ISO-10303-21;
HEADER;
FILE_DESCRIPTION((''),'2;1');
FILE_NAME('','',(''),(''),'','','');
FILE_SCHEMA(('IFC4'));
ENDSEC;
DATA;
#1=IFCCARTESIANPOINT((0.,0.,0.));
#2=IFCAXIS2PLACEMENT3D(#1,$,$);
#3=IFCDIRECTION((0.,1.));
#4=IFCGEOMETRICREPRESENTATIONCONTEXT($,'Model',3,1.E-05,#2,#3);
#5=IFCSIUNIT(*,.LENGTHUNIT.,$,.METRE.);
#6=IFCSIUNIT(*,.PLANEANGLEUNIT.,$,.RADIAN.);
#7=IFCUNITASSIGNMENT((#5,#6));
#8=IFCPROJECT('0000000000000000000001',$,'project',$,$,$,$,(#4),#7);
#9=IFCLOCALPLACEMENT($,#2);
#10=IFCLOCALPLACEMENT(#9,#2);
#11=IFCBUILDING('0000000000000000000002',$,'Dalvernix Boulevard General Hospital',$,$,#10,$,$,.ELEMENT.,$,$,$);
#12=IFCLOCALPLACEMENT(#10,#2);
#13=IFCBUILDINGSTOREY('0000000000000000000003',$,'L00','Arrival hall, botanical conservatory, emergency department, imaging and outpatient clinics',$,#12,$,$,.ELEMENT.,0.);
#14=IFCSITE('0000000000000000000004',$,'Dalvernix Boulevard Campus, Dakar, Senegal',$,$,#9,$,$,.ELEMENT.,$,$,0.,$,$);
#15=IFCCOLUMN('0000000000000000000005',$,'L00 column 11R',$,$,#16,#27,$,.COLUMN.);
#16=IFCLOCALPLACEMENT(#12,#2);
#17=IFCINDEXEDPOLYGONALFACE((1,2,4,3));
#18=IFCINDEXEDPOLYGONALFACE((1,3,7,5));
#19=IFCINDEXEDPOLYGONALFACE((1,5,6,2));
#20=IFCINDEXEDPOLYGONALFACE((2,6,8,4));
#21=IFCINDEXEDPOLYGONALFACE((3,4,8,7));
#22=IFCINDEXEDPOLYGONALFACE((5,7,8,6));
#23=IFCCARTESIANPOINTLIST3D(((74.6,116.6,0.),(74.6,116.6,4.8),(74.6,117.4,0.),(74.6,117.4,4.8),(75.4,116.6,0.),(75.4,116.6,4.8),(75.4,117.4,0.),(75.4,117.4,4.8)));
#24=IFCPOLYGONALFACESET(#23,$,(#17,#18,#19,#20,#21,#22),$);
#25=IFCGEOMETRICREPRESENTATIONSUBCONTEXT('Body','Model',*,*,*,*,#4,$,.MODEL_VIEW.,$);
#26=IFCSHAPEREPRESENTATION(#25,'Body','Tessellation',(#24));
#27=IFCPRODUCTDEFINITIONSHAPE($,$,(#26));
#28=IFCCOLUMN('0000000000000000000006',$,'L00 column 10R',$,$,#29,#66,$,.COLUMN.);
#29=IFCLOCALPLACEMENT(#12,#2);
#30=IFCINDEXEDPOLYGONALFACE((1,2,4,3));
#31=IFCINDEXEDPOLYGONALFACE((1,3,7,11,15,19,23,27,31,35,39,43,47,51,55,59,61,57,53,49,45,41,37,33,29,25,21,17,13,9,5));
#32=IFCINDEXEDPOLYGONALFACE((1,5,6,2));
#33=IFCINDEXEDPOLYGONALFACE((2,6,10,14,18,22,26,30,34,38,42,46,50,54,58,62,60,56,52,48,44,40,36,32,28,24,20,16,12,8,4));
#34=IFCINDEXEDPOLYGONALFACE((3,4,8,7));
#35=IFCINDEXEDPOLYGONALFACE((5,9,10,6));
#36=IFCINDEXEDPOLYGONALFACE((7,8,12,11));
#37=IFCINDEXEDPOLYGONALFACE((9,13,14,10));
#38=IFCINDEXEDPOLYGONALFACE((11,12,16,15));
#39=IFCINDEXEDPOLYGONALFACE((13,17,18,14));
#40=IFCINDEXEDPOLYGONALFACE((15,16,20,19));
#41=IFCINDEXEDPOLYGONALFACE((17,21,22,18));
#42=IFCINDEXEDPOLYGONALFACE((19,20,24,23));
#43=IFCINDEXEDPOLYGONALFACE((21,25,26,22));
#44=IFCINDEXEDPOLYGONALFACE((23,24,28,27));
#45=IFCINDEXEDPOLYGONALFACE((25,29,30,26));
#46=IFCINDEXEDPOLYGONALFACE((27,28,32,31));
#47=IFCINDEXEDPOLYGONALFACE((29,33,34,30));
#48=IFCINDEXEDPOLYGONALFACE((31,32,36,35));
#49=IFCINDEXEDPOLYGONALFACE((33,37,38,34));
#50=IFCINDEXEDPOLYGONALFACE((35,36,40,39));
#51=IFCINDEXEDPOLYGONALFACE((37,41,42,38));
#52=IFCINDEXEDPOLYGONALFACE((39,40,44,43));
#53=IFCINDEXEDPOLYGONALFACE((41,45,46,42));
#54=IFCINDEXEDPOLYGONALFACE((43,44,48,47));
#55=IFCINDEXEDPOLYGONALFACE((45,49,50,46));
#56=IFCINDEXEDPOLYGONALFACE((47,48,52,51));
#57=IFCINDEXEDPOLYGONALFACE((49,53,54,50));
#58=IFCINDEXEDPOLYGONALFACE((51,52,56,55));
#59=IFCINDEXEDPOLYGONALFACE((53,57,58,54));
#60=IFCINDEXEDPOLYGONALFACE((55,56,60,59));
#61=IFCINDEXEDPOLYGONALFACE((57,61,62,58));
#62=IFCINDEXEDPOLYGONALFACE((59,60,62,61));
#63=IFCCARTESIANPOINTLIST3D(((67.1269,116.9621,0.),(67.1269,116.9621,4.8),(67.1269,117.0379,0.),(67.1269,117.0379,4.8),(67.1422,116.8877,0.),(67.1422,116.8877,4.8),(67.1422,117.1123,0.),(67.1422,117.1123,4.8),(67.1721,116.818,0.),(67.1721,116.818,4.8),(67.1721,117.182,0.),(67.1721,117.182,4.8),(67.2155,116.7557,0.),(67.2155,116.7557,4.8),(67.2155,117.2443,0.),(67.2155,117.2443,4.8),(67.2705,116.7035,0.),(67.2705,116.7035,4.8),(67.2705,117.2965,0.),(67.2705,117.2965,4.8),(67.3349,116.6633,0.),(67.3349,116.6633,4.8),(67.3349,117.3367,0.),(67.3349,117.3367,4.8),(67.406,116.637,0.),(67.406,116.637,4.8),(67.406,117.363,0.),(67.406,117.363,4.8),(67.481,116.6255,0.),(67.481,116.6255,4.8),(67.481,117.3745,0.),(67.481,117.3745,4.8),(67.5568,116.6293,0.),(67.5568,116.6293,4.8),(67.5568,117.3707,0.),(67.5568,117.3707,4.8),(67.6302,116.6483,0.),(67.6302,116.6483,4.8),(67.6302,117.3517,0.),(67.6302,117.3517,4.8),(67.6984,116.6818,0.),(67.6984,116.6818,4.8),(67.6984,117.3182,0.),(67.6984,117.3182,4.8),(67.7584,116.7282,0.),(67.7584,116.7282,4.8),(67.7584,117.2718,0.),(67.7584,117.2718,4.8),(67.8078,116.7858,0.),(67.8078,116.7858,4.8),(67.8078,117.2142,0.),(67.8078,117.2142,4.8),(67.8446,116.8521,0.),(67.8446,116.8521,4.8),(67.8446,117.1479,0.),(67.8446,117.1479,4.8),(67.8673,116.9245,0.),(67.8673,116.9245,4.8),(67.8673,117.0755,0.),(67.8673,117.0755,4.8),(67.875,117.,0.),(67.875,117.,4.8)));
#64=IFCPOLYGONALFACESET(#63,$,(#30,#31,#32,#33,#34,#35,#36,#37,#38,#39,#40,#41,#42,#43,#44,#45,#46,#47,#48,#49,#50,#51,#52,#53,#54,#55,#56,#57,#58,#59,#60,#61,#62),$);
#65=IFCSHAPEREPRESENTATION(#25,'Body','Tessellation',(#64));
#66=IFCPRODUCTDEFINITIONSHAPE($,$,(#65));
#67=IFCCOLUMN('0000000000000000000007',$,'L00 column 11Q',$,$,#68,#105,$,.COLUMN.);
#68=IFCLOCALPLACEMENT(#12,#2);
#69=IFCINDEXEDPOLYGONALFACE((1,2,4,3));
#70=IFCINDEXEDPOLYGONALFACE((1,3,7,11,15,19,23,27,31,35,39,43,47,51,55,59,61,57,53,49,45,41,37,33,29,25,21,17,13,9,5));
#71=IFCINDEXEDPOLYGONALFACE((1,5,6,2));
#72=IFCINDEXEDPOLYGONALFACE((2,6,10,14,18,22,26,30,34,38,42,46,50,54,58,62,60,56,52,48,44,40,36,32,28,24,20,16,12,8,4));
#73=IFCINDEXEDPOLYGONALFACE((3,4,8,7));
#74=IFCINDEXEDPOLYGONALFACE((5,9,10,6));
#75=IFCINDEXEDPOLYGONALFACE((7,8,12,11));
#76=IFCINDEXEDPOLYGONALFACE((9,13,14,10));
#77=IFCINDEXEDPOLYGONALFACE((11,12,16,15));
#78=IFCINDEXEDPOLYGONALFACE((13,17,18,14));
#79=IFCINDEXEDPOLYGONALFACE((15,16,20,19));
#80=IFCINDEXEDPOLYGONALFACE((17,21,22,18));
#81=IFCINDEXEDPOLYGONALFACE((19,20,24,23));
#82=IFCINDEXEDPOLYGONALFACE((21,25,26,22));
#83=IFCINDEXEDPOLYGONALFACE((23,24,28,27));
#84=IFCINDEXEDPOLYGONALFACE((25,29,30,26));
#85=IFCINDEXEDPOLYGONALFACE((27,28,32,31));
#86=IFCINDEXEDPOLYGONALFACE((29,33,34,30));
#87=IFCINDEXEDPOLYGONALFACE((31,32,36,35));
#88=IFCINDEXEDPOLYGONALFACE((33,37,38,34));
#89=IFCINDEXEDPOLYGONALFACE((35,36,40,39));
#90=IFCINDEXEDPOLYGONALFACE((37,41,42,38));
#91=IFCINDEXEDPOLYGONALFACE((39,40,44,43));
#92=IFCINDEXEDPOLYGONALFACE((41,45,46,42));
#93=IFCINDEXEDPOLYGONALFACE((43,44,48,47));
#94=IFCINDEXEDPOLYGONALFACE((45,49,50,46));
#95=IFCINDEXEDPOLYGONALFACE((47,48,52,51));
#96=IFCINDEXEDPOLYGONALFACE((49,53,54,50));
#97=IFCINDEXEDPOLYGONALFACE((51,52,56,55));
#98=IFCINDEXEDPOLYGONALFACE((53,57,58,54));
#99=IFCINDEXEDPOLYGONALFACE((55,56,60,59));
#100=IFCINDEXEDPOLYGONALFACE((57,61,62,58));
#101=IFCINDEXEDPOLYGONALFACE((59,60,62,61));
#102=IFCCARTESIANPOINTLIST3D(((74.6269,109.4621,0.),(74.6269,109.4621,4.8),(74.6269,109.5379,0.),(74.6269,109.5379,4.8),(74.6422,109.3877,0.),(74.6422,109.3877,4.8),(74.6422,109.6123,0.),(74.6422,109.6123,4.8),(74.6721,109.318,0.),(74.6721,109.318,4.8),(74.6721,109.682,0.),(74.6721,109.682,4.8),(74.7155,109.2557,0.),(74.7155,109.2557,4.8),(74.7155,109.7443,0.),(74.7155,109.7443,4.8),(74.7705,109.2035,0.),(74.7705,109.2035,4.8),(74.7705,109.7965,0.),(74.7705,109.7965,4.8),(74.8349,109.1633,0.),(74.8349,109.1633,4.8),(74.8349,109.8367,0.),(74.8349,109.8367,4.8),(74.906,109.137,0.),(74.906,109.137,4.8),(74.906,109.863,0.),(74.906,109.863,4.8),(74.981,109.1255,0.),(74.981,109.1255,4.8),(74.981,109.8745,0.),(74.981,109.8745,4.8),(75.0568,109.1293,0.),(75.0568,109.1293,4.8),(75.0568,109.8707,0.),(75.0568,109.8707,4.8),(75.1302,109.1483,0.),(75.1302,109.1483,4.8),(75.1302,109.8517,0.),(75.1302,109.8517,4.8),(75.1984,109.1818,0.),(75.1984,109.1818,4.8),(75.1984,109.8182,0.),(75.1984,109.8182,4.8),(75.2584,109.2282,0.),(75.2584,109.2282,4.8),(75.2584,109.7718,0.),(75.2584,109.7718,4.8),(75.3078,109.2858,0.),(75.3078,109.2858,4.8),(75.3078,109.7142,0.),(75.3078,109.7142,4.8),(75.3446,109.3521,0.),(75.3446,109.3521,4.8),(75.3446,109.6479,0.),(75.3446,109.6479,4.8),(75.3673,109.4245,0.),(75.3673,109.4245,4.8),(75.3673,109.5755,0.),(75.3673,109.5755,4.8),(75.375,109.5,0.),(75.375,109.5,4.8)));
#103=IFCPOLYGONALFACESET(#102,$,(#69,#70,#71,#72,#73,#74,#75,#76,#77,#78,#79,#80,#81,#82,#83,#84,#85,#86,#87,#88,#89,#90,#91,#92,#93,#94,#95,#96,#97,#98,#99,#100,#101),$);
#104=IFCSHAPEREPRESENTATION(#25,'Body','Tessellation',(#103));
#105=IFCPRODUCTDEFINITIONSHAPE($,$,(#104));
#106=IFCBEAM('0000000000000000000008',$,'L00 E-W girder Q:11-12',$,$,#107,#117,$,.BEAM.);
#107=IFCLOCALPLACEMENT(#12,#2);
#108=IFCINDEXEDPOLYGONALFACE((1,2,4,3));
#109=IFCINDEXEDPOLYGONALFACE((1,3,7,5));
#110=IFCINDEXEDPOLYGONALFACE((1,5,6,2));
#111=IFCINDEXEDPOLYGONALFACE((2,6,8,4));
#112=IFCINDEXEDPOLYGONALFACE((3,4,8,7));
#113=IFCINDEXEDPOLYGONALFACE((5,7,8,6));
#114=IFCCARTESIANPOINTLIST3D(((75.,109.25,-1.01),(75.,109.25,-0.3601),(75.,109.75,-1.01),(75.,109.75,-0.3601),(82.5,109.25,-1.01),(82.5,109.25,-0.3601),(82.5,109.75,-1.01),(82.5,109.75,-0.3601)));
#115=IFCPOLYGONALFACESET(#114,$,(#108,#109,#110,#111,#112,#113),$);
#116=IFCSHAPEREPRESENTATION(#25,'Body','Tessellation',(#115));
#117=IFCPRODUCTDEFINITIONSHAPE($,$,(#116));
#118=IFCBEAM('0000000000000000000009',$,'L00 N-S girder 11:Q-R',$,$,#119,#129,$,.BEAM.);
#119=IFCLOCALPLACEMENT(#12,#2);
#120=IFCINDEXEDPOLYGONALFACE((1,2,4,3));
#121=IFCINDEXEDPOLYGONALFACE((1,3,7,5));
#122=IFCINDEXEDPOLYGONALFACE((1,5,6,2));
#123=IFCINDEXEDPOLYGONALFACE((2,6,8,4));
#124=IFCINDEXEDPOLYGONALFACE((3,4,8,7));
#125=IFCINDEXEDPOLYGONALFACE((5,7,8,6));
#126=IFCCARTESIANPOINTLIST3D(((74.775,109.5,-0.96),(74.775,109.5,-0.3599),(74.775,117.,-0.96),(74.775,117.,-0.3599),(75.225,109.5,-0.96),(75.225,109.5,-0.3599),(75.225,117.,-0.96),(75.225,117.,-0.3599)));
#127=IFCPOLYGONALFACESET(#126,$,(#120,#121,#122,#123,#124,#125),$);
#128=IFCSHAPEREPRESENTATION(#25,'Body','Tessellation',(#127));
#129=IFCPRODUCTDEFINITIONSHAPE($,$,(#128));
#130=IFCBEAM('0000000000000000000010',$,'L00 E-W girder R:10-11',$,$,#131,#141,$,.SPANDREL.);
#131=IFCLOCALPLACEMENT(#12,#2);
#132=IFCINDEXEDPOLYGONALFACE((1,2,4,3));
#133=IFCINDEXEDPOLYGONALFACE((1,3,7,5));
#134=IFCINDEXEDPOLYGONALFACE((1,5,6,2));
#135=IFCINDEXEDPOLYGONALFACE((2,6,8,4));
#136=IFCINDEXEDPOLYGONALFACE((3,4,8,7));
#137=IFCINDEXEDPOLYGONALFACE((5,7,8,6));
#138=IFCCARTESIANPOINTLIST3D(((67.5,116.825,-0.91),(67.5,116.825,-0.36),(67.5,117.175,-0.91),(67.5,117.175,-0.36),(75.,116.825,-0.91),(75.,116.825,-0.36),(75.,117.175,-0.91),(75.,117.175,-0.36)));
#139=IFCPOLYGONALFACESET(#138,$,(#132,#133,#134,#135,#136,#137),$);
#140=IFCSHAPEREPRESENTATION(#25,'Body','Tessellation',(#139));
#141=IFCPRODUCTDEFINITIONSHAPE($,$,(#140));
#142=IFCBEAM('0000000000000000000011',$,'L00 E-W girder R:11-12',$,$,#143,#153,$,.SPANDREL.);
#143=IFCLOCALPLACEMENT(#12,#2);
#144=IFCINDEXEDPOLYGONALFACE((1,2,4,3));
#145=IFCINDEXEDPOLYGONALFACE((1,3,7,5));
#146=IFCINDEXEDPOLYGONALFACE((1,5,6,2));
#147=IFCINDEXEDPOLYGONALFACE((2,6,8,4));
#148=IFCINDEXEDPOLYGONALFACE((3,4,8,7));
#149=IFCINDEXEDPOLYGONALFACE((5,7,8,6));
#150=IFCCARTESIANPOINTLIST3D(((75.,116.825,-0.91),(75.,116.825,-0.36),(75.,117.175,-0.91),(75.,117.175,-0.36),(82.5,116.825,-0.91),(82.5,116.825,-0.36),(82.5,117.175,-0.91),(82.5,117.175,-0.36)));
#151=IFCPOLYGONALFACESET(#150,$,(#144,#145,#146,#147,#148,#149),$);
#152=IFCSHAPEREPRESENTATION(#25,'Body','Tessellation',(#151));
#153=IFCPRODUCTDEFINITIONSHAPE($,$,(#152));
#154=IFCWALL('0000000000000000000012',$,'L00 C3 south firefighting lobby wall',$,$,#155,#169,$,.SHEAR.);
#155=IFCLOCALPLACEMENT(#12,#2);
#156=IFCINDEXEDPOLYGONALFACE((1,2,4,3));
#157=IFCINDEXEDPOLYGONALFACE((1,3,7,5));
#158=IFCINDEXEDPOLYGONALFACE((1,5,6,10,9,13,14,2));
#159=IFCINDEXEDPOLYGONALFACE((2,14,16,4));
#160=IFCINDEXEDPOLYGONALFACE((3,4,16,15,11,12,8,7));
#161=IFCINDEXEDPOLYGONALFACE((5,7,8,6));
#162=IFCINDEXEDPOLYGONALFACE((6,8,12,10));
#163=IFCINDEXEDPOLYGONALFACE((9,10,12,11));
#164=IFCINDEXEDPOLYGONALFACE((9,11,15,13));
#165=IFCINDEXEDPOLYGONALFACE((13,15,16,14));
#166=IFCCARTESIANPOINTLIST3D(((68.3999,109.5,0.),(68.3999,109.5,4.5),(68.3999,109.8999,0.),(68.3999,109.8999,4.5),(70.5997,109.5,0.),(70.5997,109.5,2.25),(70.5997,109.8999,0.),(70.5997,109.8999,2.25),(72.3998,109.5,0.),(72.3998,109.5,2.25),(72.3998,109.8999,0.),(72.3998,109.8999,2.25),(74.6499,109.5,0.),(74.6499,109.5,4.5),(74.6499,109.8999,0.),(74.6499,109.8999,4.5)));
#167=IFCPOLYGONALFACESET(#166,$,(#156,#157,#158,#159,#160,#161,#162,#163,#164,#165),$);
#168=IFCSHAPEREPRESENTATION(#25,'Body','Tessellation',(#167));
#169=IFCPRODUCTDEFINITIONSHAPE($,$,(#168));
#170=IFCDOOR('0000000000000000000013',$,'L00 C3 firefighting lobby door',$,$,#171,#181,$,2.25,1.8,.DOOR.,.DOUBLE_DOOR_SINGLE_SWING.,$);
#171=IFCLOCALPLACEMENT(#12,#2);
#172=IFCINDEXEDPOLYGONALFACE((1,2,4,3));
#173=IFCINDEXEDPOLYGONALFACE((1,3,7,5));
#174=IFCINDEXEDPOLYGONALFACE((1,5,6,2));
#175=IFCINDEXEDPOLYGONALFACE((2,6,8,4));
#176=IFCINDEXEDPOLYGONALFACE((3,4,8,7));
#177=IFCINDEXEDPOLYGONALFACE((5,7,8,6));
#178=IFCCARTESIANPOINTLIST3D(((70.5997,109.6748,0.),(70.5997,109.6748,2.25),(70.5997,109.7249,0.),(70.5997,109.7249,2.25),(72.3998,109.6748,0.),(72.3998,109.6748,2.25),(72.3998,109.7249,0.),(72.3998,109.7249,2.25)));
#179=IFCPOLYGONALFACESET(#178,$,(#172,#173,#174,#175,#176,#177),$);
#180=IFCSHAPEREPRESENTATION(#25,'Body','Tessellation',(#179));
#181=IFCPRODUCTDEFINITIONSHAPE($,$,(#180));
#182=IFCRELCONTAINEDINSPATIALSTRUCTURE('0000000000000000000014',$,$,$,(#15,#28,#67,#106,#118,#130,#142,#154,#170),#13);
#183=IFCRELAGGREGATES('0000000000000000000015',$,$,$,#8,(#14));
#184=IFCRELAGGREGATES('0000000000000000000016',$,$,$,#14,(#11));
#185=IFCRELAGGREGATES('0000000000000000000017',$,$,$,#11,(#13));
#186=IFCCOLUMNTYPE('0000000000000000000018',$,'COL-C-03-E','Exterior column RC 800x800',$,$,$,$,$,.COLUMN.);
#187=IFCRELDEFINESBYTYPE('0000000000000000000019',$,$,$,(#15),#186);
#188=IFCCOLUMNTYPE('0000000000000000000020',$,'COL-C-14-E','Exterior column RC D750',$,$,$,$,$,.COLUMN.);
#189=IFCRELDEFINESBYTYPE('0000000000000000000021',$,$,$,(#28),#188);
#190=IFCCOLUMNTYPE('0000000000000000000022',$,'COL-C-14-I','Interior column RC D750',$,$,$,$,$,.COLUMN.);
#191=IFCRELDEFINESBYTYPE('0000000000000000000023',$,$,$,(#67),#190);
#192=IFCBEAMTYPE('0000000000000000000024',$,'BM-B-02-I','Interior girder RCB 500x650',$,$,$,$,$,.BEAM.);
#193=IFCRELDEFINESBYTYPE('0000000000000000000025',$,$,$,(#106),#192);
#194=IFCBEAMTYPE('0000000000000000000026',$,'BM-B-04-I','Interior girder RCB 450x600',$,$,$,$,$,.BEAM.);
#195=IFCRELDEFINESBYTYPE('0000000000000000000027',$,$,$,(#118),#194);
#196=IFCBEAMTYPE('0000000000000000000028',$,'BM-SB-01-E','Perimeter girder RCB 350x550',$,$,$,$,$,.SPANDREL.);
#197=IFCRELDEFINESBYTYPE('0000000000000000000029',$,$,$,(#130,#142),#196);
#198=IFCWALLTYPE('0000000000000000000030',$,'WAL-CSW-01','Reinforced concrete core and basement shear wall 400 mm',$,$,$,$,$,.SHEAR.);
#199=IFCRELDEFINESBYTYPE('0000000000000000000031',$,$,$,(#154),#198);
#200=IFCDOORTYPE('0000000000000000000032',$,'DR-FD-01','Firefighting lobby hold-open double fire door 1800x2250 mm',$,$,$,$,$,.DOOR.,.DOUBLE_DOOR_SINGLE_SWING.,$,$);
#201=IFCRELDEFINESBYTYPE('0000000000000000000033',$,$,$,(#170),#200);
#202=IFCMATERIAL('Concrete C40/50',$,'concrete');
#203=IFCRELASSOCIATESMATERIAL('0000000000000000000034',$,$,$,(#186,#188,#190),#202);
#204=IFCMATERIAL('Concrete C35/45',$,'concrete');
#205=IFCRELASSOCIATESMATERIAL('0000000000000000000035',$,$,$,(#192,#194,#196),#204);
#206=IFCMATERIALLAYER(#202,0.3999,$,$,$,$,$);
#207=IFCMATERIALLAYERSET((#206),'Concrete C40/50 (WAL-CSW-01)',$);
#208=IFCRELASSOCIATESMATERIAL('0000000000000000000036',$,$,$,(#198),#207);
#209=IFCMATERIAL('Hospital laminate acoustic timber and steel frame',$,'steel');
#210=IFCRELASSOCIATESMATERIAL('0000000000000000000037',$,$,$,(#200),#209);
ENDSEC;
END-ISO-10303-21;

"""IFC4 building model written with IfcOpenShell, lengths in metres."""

from ifc_helpers import new_model, si_unit, direction, frame, frame_2d, origin, origin_2d, place, context, subcontext, project, spatial, rectangle, circle, extrude, material, layer, layer_set, material_profile, profile_set, type_object, element, fill, save


model = new_model("IFC4")

# Units and contexts
model_context = context("Model", 3, precision=1e-05, world=origin(), true_north=direction((0.0, 1.0)))
body_context = subcontext(model_context, "Body", "Model", "MODEL_VIEW")
ifc_project = project(units=[si_unit("LENGTHUNIT", "METRE"), si_unit("PLANEANGLEUNIT", "RADIAN")], contexts=[model_context])

# Site, building, storey
site_placement = place(None, origin())
site = spatial("IfcSite", under=ifc_project, at=site_placement, Name="Dalvernix Boulevard Campus, Dakar, Senegal", CompositionType="ELEMENT", RefElevation=0.0)
building_placement = place(site_placement, origin())
building = spatial("IfcBuilding", under=site, at=building_placement, Name="Dalvernix Boulevard General Hospital", CompositionType="ELEMENT")
storey_placement = place(building_placement, origin())
storey = spatial("IfcBuildingStorey", under=building, at=storey_placement, Name="L00", Description="Arrival hall, botanical conservatory, emergency department, imaging and outpatient clinics", CompositionType="ELEMENT", Elevation=0.0)

# Columns
ifc_material_1 = material(Name="Concrete C40/50", Category="concrete")
ifc_material_profile_1 = material_profile(ifc_material_1, rectangle(XDim=0.8, YDim=0.8, at=origin_2d()), Name="RC 800x800")
ifc_profile_set_1 = profile_set([ifc_material_profile_1], Name="Concrete C40/50")
column_type_1 = type_object("IfcColumnType", Name="COL-C-03-E", Description="Exterior column RC 800x800", PredefinedType="COLUMN", material=ifc_profile_set_1)
column_1_placement = place(storey_placement, frame((75.0, 117.0, 0.0), z_axis=(0.0, 0.0, 1.0), x_axis=(1.0, 0.0, 0.0)))
element("IfcColumn", 1, at=column_1_placement, inside=storey, type_object=column_type_1, Name="L00 column 11R", PredefinedType="COLUMN", context=body_context, shape_type="SweptSolid", body=[
    extrude(rectangle(XDim=0.8, YDim=0.8, at=origin_2d()), origin(), (0.0, 0.0, 1.0), 4.8),
])
ifc_material_profile_2 = material_profile(ifc_material_1, circle(Radius=0.375, at=origin_2d()), Name="RC D750")
ifc_profile_set_2 = profile_set([ifc_material_profile_2], Name="Concrete C40/50")
column_type_2 = type_object("IfcColumnType", Name="COL-C-14-E", Description="Exterior column RC D750", PredefinedType="COLUMN", material=ifc_profile_set_2)
column_2_placement = place(storey_placement, frame((67.5, 117.0, 0.0), z_axis=(0.0, 0.0, 1.0), x_axis=(1.0, 0.0, 0.0)))
element("IfcColumn", 2, at=column_2_placement, inside=storey, type_object=column_type_2, Name="L00 column 10R", PredefinedType="COLUMN", context=body_context, shape_type="SweptSolid", body=[
    extrude(circle(Radius=0.375, at=origin_2d()), origin(), (0.0, 0.0, 1.0), 4.8),
])
ifc_material_profile_3 = material_profile(ifc_material_1, circle(Radius=0.375, at=origin_2d()), Name="RC D750")
ifc_profile_set_3 = profile_set([ifc_material_profile_3], Name="Concrete C40/50")
column_type_3 = type_object("IfcColumnType", Name="COL-C-14-I", Description="Interior column RC D750", PredefinedType="COLUMN", material=ifc_profile_set_3)
column_3_placement = place(storey_placement, frame((75.0, 109.5, 0.0), z_axis=(0.0, 0.0, 1.0), x_axis=(1.0, 0.0, 0.0)))
element("IfcColumn", 3, at=column_3_placement, inside=storey, type_object=column_type_3, Name="L00 column 11Q", PredefinedType="COLUMN", context=body_context, shape_type="SweptSolid", body=[
    extrude(circle(Radius=0.375, at=origin_2d()), origin(), (0.0, 0.0, 1.0), 4.8),
])

# Beams
ifc_material_2 = material(Name="Concrete C35/45", Category="concrete")
ifc_material_profile_4 = material_profile(ifc_material_2, rectangle(XDim=0.5, YDim=0.6499, at=origin_2d()), Name="RCB 500x650")
ifc_profile_set_4 = profile_set([ifc_material_profile_4], Name="Concrete C35/45")
beam_type_1 = type_object("IfcBeamType", Name="BM-B-02-I", Description="Interior girder RCB 500x650", PredefinedType="BEAM", material=ifc_profile_set_4)
beam_1_placement = place(storey_placement, frame((75.0, 109.5, -0.6851), z_axis=(1.0, 0.0, 0.0), x_axis=(0.0, 1.0, 0.0)))
element("IfcBeam", 4, at=beam_1_placement, inside=storey, type_object=beam_type_1, Name="L00 E-W girder Q:11-12", PredefinedType="BEAM", context=body_context, shape_type="SweptSolid", body=[
    extrude(rectangle(XDim=0.5, YDim=0.6499, at=origin_2d()), origin(), (0.0, 0.0, 1.0), 7.5),
])
ifc_material_profile_5 = material_profile(ifc_material_2, rectangle(XDim=0.45, YDim=0.6001, at=origin_2d()), Name="RCB 450x600")
ifc_profile_set_5 = profile_set([ifc_material_profile_5], Name="Concrete C35/45")
beam_type_2 = type_object("IfcBeamType", Name="BM-B-04-I", Description="Interior girder RCB 450x600", PredefinedType="BEAM", material=ifc_profile_set_5)
beam_2_placement = place(storey_placement, frame((75.0, 109.5, -0.6599), z_axis=(0.0, 1.0, 0.0), x_axis=(-1.0, 0.0, 0.0)))
element("IfcBeam", 5, at=beam_2_placement, inside=storey, type_object=beam_type_2, Name="L00 N-S girder 11:Q-R", PredefinedType="BEAM", context=body_context, shape_type="SweptSolid", body=[
    extrude(rectangle(XDim=0.45, YDim=0.6001, at=origin_2d()), origin(), (0.0, 0.0, 1.0), 7.5),
])
ifc_material_profile_6 = material_profile(ifc_material_2, rectangle(XDim=0.3501, YDim=0.55, at=origin_2d()), Name="RCB 350x550")
ifc_profile_set_6 = profile_set([ifc_material_profile_6], Name="Concrete C35/45")
beam_type_3 = type_object("IfcBeamType", Name="BM-SB-01-E", Description="Perimeter girder RCB 350x550", PredefinedType="SPANDREL", material=ifc_profile_set_6)
for number, where, z_axis, x_axis, name in (
    (6, (67.5, 117.0, -0.635), (1.0, 0.0, 0.0), (0.0, 1.0, 0.0), "L00 E-W girder R:10-11"),
    (7, (75.0, 117.0, -0.635), (1.0, 0.0, 0.0), (0.0, 1.0, 0.0), "L00 E-W girder R:11-12"),
):
    element("IfcBeam", number, at=place(storey_placement, frame(where, z_axis=z_axis, x_axis=x_axis)), inside=storey, type_object=beam_type_3, Name=name, PredefinedType="SPANDREL", context=body_context, shape_type="SweptSolid", body=[
        extrude(rectangle(XDim=0.3501, YDim=0.55, at=origin_2d()), origin(), (0.0, 0.0, 1.0), 7.5),
    ])

# Wall, opening, door
ifc_layer_1 = layer(ifc_material_1, 0.3999)
ifc_layer_set_1 = layer_set([ifc_layer_1], Name="Concrete C40/50 (WAL-CSW-01)")
wall_type_1 = type_object("IfcWallType", Name="WAL-CSW-01", Description="Reinforced concrete core and basement shear wall 400 mm", PredefinedType="SHEAR", material=ifc_layer_set_1)
wall_1_placement = place(storey_placement, frame((68.3999, 109.7, 0.0), z_axis=(0.0, 0.0, 1.0), x_axis=(1.0, 0.0, 0.0)))
wall_1 = element("IfcWall", 8, at=wall_1_placement, inside=storey, type_object=wall_type_1, Name="L00 C3 south firefighting lobby wall", PredefinedType="SHEAR", context=body_context, shape_type="SweptSolid", body=[
    extrude(rectangle(XDim=6.25, YDim=0.3999, at=frame_2d((3.125, 0.0))), origin(), (0.0, 0.0, 1.0), 4.5),
])
opening_1_placement = place(wall_1_placement, frame((2.2, 0.0, 0.0)))
opening_1 = element("IfcOpeningElement", 9, at=opening_1_placement, cuts=wall_1, PredefinedType="OPENING", context=body_context, shape_type="SweptSolid", body=[
    extrude(rectangle(XDim=1.8, YDim=2.25, at=frame_2d((0.8999, 1.125))), frame((0.0, 0.21, 0.0), z_axis=(0.0, -1.0, 0.0), x_axis=(1.0, 0.0, 0.0)), (0.0, 0.0, 1.0), 0.4199),
])
ifc_material_3 = material(Name="Hospital laminate acoustic timber and steel frame", Category="steel")
door_type_1 = type_object("IfcDoorType", Name="DR-FD-01", Description="Firefighting lobby hold-open double fire door 1800x2250 mm", OperationType="DOUBLE_DOOR_SINGLE_SWING", PredefinedType="DOOR", material=ifc_material_3)
door_1_placement = place(opening_1_placement, origin())
door_1 = element("IfcDoor", 10, at=door_1_placement, inside=storey, type_object=door_type_1, Name="L00 C3 firefighting lobby door", OperationType="DOUBLE_DOOR_SINGLE_SWING", OverallHeight=2.25, OverallWidth=1.8, PredefinedType="DOOR", context=body_context, shape_type="SweptSolid", body=[
    extrude(rectangle(XDim=1.8, YDim=2.25, at=frame_2d((0.8999, 1.125))), frame((0.0, 0.0249, 0.0), z_axis=(0.0, -1.0, 0.0), x_axis=(1.0, 0.0, 0.0)), (0.0, 0.0, 1.0), 0.05),
])
fill(opening_1, door_1)

save(model, "model.ifc")
